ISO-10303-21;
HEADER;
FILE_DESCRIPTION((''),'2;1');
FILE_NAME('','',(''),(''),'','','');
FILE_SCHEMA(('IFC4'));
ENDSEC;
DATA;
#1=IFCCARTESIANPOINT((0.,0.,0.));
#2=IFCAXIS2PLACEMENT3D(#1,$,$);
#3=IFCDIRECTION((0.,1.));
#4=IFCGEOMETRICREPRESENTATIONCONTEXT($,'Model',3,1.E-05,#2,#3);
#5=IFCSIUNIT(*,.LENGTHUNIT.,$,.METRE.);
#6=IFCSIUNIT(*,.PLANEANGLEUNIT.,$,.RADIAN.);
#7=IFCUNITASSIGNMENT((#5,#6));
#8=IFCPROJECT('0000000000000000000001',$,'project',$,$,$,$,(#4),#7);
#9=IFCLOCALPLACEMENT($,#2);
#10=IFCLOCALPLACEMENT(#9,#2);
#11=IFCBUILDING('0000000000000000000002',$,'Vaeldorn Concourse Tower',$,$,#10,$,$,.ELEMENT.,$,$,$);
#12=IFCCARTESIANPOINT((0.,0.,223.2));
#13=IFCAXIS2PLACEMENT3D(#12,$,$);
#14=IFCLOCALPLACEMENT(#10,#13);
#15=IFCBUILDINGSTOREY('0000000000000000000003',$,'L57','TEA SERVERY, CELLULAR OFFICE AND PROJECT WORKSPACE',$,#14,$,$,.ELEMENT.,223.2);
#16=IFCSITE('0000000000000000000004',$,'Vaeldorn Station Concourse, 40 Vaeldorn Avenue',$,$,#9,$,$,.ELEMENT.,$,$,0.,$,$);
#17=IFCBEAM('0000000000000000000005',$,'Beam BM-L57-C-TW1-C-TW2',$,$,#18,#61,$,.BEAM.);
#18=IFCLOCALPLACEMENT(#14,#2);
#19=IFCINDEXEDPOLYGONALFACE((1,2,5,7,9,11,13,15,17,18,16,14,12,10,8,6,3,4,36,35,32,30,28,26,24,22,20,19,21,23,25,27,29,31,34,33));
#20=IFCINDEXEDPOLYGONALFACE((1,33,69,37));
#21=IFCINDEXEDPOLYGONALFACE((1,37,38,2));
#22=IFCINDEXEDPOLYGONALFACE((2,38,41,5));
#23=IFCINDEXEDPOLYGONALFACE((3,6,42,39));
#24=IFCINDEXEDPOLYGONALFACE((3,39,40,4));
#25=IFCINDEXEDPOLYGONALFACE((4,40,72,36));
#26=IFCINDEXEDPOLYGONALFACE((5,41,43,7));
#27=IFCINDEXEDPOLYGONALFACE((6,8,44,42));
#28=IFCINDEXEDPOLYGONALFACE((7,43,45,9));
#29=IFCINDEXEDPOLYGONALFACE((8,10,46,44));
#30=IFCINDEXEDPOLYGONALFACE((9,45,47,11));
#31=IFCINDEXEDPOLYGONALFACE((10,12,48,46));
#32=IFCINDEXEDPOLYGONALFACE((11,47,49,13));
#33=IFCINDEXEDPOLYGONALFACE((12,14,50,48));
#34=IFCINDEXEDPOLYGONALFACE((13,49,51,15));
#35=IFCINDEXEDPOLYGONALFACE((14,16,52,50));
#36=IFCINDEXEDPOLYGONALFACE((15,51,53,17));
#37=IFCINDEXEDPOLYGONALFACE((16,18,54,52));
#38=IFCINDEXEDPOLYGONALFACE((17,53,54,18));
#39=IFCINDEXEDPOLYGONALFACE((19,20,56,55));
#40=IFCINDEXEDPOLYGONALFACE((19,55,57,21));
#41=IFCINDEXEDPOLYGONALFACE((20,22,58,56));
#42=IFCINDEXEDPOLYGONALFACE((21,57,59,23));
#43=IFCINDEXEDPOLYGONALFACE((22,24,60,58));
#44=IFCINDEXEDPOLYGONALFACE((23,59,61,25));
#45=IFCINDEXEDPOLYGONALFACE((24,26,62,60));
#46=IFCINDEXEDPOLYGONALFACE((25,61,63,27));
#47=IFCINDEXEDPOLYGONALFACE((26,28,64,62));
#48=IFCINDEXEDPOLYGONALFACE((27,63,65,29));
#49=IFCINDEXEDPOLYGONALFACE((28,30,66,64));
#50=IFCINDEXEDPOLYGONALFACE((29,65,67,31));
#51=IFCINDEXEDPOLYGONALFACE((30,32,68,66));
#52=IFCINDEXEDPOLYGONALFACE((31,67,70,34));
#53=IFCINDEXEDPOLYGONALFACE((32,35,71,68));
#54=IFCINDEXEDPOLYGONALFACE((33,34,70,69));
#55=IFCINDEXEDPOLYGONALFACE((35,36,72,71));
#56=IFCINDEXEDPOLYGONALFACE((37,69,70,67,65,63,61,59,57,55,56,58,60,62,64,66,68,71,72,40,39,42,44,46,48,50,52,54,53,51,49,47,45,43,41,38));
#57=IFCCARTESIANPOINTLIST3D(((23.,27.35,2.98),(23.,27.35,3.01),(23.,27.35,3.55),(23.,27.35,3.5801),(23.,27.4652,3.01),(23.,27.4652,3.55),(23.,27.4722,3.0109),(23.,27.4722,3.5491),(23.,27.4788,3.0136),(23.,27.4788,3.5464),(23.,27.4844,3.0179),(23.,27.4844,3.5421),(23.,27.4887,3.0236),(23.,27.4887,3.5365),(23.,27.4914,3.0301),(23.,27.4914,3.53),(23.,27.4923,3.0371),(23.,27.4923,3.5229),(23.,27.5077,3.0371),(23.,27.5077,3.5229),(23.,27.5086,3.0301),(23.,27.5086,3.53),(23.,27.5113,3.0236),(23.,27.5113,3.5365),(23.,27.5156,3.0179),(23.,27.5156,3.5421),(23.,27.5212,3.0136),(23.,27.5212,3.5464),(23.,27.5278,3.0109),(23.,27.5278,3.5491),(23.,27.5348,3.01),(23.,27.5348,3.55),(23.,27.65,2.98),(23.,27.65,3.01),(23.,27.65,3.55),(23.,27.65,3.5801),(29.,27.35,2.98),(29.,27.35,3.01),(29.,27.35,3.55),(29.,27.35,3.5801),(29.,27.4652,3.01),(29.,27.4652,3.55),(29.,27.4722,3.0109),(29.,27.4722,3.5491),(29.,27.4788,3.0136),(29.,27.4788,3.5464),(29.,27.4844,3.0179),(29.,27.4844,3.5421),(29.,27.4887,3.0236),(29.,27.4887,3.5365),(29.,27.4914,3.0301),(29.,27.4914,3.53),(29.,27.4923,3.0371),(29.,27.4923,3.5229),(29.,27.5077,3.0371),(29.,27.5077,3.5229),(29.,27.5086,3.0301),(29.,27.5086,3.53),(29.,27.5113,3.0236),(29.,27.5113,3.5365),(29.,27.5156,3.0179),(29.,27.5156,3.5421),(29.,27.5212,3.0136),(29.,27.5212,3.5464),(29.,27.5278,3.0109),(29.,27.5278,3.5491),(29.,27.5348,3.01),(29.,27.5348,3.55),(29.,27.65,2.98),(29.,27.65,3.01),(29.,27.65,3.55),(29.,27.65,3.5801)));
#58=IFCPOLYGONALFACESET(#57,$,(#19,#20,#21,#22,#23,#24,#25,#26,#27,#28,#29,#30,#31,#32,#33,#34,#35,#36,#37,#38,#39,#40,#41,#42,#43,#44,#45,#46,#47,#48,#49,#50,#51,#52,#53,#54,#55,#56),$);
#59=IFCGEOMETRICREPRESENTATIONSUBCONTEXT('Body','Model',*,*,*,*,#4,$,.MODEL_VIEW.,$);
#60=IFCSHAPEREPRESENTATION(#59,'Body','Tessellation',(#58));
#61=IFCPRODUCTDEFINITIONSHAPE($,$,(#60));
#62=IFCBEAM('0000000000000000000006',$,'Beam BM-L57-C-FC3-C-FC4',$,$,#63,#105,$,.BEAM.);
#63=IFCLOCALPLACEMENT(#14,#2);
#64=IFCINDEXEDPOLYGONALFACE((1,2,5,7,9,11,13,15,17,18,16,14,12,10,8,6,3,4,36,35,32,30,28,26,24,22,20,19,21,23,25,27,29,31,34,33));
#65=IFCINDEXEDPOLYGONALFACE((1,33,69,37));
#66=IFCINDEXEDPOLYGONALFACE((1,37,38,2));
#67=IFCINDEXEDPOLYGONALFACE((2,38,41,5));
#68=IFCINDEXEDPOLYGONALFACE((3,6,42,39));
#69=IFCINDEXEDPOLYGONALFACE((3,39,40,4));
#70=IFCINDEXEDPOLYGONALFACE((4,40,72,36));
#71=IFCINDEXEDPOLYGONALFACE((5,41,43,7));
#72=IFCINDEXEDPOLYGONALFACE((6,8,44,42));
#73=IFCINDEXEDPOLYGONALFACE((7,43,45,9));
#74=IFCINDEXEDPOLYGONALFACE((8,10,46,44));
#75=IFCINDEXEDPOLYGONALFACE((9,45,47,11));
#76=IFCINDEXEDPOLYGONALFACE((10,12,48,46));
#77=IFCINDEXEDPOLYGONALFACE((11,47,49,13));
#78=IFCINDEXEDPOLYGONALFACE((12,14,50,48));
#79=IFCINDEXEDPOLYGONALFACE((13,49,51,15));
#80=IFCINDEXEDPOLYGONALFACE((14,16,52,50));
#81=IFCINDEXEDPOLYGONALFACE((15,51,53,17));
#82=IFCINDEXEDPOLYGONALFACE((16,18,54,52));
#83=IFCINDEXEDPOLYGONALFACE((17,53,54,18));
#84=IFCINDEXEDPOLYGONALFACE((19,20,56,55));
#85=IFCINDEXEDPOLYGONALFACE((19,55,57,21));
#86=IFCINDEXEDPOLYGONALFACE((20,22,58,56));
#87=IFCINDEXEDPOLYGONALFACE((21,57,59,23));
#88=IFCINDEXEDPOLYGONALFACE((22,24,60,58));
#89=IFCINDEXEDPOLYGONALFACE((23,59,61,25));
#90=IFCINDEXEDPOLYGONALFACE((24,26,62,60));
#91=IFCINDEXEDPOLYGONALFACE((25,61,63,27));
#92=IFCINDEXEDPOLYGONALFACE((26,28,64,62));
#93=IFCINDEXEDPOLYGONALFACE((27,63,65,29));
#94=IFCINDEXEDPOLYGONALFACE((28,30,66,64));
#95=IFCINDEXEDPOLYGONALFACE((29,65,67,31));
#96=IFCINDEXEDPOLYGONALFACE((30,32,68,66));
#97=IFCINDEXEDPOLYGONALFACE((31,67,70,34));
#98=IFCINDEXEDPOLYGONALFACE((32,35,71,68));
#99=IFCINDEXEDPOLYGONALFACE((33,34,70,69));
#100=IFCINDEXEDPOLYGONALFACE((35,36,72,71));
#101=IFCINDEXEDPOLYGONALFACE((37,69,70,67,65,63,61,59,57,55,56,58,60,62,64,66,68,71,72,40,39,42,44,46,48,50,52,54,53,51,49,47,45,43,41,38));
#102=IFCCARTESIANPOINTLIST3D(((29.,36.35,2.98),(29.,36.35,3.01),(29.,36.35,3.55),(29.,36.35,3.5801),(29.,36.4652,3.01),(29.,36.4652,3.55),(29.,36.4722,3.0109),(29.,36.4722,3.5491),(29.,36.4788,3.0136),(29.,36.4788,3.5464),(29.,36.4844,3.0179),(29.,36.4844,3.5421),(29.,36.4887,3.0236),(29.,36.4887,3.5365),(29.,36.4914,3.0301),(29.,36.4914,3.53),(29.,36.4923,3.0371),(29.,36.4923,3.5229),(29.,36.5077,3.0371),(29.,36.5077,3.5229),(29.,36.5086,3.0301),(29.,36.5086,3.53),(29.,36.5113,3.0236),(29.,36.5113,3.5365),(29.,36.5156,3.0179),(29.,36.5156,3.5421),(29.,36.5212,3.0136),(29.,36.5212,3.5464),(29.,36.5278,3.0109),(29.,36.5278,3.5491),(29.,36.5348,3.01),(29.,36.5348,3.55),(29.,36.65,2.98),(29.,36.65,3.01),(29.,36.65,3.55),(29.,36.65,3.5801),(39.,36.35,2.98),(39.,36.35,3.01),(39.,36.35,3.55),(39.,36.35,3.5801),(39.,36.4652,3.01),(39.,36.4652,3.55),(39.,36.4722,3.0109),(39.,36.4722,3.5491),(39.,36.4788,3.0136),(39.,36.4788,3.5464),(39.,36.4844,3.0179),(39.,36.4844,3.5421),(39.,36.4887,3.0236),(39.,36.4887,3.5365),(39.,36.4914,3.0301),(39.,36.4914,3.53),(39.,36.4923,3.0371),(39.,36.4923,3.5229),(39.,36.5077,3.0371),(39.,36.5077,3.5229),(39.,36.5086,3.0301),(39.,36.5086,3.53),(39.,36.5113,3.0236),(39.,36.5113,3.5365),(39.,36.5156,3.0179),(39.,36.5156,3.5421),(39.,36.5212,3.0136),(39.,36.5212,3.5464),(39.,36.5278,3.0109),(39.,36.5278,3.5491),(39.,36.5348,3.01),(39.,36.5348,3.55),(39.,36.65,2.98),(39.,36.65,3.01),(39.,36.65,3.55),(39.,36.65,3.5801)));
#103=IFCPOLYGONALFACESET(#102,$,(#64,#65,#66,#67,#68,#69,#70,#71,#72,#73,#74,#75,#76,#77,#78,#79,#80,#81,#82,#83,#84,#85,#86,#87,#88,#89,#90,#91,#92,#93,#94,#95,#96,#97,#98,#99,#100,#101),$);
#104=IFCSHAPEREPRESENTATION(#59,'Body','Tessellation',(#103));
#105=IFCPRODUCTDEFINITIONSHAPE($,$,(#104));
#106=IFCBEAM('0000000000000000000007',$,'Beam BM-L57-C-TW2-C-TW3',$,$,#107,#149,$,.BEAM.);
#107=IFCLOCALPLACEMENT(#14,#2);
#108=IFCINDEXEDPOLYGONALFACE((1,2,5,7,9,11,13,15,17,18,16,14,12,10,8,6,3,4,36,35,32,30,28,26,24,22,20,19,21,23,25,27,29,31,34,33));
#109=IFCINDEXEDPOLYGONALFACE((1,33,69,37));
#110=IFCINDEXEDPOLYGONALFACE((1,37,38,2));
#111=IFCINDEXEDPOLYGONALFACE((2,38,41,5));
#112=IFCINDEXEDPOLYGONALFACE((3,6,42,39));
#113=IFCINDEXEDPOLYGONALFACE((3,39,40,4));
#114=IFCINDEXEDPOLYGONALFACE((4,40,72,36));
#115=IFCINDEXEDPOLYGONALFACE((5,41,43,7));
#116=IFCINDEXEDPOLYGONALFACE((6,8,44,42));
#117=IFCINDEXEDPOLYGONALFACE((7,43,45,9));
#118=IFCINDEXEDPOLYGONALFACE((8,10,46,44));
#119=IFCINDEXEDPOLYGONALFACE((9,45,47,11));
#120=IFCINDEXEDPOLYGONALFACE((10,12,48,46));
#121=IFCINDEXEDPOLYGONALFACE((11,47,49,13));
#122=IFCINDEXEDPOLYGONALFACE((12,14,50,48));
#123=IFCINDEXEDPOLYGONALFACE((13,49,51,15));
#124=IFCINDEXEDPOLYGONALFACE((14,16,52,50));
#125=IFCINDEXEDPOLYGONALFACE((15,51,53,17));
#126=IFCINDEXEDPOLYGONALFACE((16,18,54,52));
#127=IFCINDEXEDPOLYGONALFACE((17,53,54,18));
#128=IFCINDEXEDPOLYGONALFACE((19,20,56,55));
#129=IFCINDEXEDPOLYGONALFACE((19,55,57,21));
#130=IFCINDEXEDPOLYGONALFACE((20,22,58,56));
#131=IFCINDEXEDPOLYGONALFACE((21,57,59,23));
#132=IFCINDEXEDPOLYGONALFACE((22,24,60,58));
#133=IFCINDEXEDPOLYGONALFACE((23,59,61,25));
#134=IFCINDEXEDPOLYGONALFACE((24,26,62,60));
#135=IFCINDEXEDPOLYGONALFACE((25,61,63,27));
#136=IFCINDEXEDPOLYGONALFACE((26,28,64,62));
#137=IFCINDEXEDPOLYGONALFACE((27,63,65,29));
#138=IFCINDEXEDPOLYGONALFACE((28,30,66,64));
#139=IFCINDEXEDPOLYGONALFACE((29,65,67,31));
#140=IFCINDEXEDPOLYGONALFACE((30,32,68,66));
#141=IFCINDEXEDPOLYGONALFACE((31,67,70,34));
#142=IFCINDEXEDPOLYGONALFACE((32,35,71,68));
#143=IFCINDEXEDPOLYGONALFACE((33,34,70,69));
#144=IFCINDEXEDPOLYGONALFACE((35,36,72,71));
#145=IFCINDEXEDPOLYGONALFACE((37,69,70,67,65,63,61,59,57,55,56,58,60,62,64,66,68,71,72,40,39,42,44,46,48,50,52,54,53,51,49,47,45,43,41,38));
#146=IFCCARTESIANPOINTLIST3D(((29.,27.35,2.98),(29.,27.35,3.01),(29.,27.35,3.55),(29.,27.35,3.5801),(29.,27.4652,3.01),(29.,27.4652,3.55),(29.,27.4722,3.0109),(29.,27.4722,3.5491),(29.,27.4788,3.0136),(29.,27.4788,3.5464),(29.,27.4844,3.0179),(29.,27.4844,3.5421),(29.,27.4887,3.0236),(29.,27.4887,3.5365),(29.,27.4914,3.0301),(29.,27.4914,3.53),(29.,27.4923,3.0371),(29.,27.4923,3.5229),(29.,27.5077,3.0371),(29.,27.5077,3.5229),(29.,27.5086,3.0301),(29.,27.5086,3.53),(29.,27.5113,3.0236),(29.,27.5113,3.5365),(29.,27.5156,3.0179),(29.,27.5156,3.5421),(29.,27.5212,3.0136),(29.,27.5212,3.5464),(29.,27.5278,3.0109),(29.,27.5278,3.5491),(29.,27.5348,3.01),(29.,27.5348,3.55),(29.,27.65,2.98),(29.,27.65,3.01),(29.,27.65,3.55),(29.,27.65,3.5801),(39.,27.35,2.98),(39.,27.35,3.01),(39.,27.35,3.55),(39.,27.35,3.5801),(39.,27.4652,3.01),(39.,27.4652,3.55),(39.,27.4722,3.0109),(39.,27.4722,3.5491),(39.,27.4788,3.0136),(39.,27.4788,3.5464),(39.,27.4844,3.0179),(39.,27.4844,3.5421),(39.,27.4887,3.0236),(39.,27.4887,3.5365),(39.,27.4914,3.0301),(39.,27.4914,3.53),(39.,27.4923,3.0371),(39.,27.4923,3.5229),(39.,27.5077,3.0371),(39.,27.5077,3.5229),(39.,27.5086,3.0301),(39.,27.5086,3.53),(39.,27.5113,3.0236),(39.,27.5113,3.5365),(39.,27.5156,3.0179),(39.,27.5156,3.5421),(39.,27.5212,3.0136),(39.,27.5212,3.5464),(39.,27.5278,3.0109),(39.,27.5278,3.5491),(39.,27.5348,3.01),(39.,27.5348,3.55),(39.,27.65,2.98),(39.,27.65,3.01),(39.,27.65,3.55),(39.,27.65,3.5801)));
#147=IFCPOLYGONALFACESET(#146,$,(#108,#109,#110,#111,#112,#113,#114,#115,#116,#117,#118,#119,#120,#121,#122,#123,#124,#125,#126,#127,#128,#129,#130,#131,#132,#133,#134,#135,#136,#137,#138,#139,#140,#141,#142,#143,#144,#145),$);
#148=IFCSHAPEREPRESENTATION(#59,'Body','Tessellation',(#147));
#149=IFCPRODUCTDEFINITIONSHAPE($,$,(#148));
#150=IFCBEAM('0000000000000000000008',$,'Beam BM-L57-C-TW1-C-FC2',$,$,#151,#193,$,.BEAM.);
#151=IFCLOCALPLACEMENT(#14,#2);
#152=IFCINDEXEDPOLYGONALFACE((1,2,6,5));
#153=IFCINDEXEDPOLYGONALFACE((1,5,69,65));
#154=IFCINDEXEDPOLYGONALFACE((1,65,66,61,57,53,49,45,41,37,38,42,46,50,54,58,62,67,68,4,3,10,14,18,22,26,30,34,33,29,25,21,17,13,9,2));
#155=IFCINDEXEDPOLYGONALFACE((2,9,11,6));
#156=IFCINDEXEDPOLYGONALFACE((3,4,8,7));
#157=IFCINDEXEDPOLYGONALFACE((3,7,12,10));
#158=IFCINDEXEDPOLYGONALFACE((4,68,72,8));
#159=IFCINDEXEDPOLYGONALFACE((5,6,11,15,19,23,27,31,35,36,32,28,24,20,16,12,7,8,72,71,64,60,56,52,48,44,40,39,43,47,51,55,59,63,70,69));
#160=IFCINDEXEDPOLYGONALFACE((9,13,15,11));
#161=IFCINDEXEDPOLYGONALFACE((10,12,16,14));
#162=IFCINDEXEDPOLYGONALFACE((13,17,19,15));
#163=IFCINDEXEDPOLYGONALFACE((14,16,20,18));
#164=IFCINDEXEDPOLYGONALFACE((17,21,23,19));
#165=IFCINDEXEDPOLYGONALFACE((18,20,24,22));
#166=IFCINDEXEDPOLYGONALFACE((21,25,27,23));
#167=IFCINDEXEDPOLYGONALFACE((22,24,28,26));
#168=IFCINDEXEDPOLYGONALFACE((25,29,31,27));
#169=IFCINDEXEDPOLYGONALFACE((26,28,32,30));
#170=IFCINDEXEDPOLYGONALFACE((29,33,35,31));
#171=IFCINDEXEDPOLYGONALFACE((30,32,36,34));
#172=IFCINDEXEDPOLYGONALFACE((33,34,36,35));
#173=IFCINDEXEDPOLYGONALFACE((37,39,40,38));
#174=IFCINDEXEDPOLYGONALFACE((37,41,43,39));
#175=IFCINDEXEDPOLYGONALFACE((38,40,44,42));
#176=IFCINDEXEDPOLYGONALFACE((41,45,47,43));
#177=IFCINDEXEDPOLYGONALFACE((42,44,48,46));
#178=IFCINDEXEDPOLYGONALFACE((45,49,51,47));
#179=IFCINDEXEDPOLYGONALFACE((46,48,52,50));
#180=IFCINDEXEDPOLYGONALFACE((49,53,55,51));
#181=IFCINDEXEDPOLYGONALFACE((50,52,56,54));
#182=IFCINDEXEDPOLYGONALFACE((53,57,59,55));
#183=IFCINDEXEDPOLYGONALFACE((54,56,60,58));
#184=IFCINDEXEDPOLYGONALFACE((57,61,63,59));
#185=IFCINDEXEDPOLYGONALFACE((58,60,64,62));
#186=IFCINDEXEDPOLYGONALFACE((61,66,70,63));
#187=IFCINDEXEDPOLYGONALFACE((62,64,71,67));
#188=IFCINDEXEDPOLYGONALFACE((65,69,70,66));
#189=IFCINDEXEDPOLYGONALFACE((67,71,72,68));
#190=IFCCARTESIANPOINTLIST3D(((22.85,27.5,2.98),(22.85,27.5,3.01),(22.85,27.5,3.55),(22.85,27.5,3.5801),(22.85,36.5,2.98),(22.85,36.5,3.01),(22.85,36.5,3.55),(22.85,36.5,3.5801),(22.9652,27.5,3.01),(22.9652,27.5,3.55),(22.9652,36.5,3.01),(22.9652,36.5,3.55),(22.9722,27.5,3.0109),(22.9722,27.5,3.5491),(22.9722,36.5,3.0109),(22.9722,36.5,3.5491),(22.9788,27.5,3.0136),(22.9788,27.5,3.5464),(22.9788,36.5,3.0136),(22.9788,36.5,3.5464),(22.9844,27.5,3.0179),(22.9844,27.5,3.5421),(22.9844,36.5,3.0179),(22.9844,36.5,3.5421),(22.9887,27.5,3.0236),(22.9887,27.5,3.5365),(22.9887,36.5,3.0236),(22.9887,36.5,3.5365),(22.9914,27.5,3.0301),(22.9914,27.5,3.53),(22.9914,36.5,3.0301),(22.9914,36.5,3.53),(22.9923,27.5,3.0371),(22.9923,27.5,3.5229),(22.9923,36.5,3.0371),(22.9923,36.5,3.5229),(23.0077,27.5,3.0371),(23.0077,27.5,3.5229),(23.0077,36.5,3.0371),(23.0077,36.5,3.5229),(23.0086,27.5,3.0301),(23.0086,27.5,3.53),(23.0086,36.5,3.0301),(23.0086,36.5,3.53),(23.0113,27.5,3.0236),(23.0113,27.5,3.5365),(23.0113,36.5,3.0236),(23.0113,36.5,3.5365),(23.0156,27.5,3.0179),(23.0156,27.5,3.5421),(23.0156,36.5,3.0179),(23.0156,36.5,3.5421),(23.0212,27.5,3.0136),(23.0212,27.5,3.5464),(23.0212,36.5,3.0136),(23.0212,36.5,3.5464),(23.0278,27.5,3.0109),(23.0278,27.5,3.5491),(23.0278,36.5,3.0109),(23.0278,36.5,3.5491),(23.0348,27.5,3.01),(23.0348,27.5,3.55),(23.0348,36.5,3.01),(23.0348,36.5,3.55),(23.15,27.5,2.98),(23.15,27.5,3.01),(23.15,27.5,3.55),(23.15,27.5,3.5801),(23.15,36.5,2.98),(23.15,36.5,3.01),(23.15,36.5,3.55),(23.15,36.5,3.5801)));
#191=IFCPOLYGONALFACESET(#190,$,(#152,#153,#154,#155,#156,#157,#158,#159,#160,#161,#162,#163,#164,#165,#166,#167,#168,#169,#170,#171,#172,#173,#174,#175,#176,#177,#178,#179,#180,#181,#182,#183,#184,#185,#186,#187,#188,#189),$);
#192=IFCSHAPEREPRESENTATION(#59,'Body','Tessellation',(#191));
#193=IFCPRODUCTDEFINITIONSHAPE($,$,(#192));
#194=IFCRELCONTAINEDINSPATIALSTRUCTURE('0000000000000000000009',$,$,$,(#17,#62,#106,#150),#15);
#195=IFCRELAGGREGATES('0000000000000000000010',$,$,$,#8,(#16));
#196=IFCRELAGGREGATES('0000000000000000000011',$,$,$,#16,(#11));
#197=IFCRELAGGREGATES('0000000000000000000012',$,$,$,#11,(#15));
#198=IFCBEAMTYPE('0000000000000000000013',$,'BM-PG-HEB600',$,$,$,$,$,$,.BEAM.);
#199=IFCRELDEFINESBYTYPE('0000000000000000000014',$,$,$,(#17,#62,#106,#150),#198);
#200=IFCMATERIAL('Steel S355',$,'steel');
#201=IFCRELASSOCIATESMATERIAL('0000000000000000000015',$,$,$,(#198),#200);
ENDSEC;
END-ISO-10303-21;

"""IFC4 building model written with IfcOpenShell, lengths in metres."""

from ifc_helpers import new_model, si_unit, direction, frame, origin, origin_2d, place, context, subcontext, project, spatial, i_section, extrude, source, transform, mapped, material, material_profile, profile_set, type_object, element, save


model = new_model("IFC4")

# Units and contexts
model_context = context("Model", 3, precision=1e-05, world=origin(), true_north=direction((0.0, 1.0)))
body_context = subcontext(model_context, "Body", "Model", "MODEL_VIEW")
ifc_project = project(units=[si_unit("LENGTHUNIT", "METRE"), si_unit("PLANEANGLEUNIT", "RADIAN")], contexts=[model_context])

# Site, building, storey
site_placement = place(None, origin())
site = spatial("IfcSite", under=ifc_project, at=site_placement, Name="Vaeldorn Station Concourse, 40 Vaeldorn Avenue", CompositionType="ELEMENT", RefElevation=0.0)
building_placement = place(site_placement, origin())
building = spatial("IfcBuilding", under=site, at=building_placement, Name="Vaeldorn Concourse Tower", CompositionType="ELEMENT")
storey_placement = place(building_placement, frame((0.0, 0.0, 223.2)))
storey = spatial("IfcBuildingStorey", under=building, at=storey_placement, Name="L57", Description="TEA SERVERY, CELLULAR OFFICE AND PROJECT WORKSPACE", CompositionType="ELEMENT", Elevation=223.2)

# Shared definitions
ifc_material_1 = material(Name="Steel S355", Category="steel")

# Beams
ifc_material_profile_1 = material_profile(ifc_material_1, i_section(OverallWidth=0.3, OverallDepth=0.6001, WebThickness=0.0154, FlangeThickness=0.03, FilletRadius=0.0271, at=origin_2d()), Name="HEB 600")
ifc_profile_set_1 = profile_set([ifc_material_profile_1], Name="Steel S355")
beam_type_1 = type_object("IfcBeamType", Name="BM-PG-HEB600", PredefinedType="BEAM", material=ifc_profile_set_1)
shared_shape_1 = source(origin(), body_context, "Body", "SweptSolid", [
    extrude(i_section(OverallWidth=0.3, OverallDepth=0.6001, WebThickness=0.0154, FlangeThickness=0.03, FilletRadius=0.0271, at=origin_2d()), origin(), (0.0, 0.0, 1.0), 6.0),
])
for number, where, z_axis, x_axis, name in (
    (1, (23.0, 27.5, 3.28), (1.0, 0.0, 0.0), (0.0, 1.0, 0.0), "Beam BM-L57-C-TW1-C-TW2"),
):
    element("IfcBeam", number, at=place(storey_placement, frame(where, z_axis=z_axis, x_axis=x_axis)), inside=storey, type_object=beam_type_1, Name=name, PredefinedType="BEAM", context=body_context, shape_type="MappedRepresentation", body=[
        mapped(shared_shape_1, transform((0.0, 0.0, 0.0), scale=1.0)),
    ])
shared_shape_2 = source(origin(), body_context, "Body", "SweptSolid", [
    extrude(i_section(OverallWidth=0.3, OverallDepth=0.6001, WebThickness=0.0154, FlangeThickness=0.03, FilletRadius=0.0271, at=origin_2d()), origin(), (0.0, 0.0, 1.0), 10.0),
])
for number, where, z_axis, x_axis, name in (
    (2, (29.0, 36.5, 3.28), (1.0, 0.0, 0.0), (0.0, 1.0, 0.0), "Beam BM-L57-C-FC3-C-FC4"),
    (3, (29.0, 27.5, 3.28), (1.0, 0.0, 0.0), (0.0, 1.0, 0.0), "Beam BM-L57-C-TW2-C-TW3"),
):
    element("IfcBeam", number, at=place(storey_placement, frame(where, z_axis=z_axis, x_axis=x_axis)), inside=storey, type_object=beam_type_1, Name=name, PredefinedType="BEAM", context=body_context, shape_type="MappedRepresentation", body=[
        mapped(shared_shape_2, transform((0.0, 0.0, 0.0), scale=1.0)),
    ])
shared_shape_3 = source(origin(), body_context, "Body", "SweptSolid", [
    extrude(i_section(OverallWidth=0.3, OverallDepth=0.6001, WebThickness=0.0154, FlangeThickness=0.03, FilletRadius=0.0271, at=origin_2d()), origin(), (0.0, 0.0, 1.0), 9.0),
])
for number, where, z_axis, x_axis, name in (
    (4, (23.0, 27.5, 3.28), (0.0, 1.0, 0.0), (-1.0, 0.0, 0.0), "Beam BM-L57-C-TW1-C-FC2"),
):
    element("IfcBeam", number, at=place(storey_placement, frame(where, z_axis=z_axis, x_axis=x_axis)), inside=storey, type_object=beam_type_1, Name=name, PredefinedType="BEAM", context=body_context, shape_type="MappedRepresentation", body=[
        mapped(shared_shape_3, transform((0.0, 0.0, 0.0), scale=1.0)),
    ])

save(model, "model.ifc")
